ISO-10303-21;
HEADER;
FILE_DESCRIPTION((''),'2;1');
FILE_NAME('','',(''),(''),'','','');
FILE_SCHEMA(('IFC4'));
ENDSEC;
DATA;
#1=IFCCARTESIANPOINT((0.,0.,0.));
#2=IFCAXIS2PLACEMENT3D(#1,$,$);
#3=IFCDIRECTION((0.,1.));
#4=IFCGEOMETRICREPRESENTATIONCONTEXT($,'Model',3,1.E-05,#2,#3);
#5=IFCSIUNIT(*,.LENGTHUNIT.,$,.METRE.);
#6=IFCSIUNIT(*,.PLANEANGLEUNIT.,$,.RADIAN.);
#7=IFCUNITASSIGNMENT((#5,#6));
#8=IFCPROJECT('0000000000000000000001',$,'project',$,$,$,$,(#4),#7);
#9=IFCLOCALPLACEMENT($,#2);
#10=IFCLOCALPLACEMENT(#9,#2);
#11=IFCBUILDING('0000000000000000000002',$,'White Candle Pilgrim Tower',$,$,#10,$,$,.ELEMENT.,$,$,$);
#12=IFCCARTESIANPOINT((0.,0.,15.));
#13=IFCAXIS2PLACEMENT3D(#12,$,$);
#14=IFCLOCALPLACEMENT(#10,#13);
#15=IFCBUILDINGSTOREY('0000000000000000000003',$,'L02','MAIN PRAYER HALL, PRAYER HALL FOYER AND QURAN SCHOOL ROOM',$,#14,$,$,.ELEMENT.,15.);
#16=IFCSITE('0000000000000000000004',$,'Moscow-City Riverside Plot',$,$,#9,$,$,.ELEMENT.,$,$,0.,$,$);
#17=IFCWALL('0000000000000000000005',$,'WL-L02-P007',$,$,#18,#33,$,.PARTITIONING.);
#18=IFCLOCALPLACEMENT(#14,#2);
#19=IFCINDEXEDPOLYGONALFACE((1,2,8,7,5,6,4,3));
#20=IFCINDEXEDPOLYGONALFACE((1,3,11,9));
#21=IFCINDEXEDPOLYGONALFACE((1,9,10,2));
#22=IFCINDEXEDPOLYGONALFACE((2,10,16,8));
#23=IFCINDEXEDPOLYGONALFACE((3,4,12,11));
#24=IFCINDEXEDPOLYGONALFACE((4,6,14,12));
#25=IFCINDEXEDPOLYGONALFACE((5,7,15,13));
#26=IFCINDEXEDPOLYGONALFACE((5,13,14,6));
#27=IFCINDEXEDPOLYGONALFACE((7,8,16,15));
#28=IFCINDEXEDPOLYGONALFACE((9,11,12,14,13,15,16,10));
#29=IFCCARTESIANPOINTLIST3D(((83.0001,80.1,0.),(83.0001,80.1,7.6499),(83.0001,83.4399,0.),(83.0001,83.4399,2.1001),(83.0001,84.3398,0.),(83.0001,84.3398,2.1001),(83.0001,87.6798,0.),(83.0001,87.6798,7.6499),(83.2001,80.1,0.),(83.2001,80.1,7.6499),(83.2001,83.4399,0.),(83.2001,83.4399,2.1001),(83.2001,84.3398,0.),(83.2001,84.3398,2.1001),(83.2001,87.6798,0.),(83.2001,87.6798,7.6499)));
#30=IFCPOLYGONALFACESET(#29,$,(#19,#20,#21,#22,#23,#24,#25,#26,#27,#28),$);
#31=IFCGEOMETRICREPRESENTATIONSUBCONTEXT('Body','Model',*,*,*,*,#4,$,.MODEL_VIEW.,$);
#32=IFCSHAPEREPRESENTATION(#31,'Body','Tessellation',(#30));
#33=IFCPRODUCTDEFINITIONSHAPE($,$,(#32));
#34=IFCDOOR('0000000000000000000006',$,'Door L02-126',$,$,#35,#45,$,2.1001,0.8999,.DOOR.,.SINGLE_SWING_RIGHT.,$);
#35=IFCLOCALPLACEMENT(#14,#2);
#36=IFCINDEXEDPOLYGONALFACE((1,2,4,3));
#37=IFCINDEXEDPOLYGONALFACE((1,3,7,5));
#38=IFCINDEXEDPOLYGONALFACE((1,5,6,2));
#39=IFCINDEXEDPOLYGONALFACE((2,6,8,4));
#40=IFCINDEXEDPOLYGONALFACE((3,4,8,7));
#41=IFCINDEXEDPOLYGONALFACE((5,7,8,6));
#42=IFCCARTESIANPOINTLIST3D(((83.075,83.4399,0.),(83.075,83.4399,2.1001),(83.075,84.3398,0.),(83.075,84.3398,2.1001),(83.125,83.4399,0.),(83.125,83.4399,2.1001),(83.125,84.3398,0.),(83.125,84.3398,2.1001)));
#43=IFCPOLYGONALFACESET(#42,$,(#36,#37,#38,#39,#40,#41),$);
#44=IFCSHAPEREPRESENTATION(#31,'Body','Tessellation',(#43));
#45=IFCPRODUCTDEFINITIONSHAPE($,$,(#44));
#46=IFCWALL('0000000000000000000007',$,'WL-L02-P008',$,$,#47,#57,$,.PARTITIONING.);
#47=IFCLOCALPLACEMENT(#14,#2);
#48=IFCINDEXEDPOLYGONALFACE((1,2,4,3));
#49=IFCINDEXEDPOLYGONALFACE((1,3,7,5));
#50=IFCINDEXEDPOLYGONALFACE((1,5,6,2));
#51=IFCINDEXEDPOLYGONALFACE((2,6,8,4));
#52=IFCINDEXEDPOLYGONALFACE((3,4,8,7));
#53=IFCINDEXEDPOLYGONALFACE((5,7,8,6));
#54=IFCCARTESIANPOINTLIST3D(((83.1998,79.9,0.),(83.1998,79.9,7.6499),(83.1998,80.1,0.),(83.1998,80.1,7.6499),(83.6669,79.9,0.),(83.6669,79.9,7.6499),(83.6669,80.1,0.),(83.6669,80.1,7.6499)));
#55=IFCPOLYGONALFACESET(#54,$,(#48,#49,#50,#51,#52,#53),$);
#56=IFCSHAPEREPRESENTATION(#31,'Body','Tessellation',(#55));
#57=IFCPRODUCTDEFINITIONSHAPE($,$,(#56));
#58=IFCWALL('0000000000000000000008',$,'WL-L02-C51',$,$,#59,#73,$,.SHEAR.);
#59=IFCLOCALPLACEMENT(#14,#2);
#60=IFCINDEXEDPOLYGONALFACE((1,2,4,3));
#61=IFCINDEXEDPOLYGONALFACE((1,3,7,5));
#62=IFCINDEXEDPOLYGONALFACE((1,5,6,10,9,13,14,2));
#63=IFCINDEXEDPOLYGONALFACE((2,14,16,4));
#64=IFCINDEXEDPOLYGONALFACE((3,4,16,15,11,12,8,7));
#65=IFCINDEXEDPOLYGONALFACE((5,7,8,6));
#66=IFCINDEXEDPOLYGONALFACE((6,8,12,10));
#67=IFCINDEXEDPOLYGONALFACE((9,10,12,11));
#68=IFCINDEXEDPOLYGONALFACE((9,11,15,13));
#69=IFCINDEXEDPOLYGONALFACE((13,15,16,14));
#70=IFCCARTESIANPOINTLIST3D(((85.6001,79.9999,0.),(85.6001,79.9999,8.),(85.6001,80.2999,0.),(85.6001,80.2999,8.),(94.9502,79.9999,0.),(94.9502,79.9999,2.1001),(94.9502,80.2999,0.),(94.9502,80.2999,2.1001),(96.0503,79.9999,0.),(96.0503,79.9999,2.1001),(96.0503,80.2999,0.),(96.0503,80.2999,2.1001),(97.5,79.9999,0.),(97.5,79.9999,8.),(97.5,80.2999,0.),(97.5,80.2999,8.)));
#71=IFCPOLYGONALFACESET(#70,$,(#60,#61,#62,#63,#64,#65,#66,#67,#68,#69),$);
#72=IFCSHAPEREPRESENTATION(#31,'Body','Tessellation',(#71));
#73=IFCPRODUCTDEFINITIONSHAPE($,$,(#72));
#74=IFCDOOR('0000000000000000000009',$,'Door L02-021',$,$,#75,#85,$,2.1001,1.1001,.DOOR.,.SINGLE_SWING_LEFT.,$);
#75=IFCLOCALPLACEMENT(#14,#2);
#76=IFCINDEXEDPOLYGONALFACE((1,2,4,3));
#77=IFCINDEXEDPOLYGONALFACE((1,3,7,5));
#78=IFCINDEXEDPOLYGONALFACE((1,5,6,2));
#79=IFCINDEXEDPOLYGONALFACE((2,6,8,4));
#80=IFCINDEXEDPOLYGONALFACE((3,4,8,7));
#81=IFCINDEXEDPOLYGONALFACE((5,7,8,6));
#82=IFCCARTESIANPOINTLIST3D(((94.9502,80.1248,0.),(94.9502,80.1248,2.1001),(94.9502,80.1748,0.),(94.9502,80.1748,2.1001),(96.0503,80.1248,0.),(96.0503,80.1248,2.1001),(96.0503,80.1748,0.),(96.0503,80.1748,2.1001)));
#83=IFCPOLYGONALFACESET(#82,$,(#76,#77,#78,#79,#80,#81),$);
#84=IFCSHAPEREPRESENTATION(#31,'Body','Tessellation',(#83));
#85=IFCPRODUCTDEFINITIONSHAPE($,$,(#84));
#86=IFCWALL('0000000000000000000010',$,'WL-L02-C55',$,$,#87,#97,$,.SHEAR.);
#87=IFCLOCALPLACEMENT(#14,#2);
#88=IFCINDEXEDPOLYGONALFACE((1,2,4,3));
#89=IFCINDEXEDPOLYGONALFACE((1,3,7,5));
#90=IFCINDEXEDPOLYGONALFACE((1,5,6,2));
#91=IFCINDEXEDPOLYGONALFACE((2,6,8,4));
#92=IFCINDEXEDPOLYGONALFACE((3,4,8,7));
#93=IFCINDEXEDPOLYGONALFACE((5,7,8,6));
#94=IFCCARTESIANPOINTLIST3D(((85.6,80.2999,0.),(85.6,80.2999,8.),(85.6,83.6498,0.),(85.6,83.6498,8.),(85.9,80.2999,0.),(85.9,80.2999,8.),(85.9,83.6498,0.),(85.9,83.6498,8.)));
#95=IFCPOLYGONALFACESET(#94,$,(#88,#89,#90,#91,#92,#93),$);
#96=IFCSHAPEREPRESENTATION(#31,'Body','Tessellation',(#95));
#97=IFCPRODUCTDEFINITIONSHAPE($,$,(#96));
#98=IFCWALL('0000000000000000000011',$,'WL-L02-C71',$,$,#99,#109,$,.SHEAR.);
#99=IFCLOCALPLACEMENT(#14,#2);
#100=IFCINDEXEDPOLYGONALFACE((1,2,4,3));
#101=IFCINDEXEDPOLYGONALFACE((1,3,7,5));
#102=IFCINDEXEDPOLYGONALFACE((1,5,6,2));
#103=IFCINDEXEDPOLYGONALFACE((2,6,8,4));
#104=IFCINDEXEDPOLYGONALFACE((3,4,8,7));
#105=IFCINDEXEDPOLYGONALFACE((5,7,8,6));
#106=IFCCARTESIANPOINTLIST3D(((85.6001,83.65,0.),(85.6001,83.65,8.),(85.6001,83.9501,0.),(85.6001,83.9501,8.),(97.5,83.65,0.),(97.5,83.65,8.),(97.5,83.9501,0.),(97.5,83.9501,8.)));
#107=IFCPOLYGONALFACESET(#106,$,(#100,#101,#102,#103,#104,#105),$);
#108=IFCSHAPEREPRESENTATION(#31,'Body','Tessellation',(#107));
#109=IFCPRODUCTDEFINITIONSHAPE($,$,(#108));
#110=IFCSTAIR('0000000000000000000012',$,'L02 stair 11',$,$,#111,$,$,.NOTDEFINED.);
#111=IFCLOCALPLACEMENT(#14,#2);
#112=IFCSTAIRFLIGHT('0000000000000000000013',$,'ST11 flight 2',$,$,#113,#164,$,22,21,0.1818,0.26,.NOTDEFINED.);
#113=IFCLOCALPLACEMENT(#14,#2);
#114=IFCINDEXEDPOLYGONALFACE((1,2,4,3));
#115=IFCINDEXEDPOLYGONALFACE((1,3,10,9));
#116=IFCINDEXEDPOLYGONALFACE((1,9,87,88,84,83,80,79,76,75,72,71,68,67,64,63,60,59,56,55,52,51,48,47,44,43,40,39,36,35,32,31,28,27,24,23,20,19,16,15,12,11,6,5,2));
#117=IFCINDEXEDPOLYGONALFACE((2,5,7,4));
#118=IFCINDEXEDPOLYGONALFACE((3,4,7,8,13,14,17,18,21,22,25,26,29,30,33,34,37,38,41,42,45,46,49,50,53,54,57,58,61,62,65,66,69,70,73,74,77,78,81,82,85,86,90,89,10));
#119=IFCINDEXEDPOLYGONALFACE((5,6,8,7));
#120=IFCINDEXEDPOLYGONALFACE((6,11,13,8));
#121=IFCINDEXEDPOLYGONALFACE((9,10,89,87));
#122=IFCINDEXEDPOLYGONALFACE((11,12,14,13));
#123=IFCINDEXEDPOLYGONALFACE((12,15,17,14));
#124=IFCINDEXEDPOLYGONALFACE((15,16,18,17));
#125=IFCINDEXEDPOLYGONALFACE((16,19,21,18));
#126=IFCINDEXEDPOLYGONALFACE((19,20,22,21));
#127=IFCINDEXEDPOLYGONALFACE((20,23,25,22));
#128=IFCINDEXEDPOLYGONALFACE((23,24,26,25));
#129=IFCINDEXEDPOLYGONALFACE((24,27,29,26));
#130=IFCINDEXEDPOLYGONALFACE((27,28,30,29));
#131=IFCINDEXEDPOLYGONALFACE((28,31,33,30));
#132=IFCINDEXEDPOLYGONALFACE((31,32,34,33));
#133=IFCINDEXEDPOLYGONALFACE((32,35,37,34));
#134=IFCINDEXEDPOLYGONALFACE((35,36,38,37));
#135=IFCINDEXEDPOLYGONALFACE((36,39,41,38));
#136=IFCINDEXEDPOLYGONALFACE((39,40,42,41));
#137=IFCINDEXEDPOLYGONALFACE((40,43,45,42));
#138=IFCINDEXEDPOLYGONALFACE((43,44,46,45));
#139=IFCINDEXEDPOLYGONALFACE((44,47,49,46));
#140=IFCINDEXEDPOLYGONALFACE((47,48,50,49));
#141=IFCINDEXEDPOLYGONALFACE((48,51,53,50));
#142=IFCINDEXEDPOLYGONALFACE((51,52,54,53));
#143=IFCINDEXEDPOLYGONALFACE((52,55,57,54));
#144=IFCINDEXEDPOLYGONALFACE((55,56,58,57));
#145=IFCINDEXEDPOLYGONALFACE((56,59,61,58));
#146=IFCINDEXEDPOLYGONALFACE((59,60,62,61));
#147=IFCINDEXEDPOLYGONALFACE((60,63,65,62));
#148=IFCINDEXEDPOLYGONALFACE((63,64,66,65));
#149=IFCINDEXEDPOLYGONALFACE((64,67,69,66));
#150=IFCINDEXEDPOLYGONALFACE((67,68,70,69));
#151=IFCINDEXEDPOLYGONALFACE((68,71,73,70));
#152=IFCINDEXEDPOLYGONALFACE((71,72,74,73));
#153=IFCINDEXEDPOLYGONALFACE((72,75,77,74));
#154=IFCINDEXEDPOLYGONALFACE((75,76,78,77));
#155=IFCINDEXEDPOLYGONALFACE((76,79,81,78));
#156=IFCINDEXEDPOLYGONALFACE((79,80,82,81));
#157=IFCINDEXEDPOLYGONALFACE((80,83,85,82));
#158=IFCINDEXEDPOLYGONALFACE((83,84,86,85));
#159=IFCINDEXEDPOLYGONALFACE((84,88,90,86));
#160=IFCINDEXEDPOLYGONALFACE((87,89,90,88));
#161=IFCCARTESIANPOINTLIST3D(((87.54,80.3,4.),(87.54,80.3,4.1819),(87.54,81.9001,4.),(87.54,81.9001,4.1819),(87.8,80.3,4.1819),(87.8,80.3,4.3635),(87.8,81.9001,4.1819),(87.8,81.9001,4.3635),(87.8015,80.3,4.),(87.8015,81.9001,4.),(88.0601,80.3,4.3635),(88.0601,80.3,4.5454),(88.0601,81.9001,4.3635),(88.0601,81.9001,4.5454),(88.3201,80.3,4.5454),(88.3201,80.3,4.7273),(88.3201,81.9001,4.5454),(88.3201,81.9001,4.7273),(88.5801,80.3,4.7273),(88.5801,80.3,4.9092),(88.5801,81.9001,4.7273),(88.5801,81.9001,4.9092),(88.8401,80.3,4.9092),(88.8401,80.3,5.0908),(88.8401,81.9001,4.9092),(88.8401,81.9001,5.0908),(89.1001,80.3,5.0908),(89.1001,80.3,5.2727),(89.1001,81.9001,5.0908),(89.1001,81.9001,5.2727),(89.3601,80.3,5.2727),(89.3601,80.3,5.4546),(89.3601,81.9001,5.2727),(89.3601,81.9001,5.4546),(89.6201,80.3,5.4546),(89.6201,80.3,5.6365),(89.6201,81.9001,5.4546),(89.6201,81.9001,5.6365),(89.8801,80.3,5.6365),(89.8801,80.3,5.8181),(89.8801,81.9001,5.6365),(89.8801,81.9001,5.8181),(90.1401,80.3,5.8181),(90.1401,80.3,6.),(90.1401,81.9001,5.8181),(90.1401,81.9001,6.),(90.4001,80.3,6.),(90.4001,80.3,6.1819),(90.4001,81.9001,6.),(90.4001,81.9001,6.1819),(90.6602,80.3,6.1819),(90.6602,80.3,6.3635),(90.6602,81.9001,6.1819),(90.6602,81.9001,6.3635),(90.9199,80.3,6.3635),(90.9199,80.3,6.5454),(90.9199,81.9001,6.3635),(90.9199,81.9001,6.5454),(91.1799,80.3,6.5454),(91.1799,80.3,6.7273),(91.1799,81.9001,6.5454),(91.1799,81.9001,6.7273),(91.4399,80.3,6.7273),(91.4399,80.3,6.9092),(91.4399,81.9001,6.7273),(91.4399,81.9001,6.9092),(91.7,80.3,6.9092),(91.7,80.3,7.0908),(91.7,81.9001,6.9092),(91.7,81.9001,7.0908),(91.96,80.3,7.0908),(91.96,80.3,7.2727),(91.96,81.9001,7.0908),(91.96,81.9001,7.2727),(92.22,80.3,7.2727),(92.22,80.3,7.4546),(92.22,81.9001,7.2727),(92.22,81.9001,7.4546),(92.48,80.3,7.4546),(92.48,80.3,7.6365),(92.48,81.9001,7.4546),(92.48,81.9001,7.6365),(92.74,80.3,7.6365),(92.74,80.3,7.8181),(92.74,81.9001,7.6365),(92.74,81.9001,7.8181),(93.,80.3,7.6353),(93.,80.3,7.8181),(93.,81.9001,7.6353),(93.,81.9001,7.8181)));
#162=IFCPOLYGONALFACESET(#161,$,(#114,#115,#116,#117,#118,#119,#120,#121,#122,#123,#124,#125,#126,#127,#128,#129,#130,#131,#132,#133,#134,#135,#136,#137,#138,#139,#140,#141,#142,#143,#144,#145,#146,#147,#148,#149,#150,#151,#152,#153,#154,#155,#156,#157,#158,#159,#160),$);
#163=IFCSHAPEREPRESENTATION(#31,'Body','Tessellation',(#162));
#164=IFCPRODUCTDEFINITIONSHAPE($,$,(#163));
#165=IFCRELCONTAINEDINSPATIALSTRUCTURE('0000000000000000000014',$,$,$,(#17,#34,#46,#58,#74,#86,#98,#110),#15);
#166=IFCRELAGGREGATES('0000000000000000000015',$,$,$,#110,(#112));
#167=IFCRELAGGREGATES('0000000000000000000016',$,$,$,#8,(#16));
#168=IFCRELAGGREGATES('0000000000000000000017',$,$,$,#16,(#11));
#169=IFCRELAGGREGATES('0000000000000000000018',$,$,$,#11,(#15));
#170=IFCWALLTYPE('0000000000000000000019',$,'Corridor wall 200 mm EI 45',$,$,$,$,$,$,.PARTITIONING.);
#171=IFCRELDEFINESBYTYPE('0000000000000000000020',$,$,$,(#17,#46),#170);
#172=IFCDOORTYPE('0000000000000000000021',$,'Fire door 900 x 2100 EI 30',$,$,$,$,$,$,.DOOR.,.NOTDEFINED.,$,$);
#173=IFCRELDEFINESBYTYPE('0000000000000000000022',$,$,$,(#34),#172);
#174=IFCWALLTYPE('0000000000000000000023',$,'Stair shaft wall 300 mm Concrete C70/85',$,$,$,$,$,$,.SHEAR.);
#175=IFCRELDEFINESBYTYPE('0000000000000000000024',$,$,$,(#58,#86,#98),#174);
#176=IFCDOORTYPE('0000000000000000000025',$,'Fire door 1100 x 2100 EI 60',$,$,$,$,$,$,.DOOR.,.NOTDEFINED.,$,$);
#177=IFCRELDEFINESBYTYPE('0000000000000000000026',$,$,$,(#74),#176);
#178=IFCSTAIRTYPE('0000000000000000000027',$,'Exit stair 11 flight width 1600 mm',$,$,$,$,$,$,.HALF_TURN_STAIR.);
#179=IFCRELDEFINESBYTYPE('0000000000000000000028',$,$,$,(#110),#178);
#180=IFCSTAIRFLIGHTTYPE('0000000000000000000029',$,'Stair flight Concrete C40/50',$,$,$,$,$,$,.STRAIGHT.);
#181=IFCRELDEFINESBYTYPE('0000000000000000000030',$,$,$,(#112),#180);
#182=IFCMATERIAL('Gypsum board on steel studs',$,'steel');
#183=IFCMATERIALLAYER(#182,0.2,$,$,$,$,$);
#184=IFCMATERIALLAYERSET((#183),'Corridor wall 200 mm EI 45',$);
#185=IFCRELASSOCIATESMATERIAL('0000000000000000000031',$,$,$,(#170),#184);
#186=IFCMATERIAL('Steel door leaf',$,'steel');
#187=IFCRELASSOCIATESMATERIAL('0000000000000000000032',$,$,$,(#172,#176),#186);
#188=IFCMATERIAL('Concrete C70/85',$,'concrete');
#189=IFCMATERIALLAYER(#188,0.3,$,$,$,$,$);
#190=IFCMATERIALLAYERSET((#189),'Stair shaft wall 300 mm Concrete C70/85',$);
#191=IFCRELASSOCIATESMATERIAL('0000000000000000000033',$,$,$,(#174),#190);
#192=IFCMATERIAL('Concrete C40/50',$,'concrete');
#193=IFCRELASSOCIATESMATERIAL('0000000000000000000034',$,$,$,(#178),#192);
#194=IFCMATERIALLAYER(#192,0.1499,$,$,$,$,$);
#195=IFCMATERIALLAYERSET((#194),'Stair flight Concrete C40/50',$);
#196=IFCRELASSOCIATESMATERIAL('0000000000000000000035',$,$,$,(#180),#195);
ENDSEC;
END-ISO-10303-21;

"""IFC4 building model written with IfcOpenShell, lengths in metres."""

from ifc_helpers import new_model, si_unit, direction, frame, frame_2d, origin, place, context, subcontext, project, spatial, polyline, rectangle, outline, extrude, material, layer, layer_set, type_object, element, fill, aggregate, save


model = new_model("IFC4")

# Units and contexts
model_context = context("Model", 3, precision=1e-05, world=origin(), true_north=direction((0.0, 1.0)))
body_context = subcontext(model_context, "Body", "Model", "MODEL_VIEW")
ifc_project = project(units=[si_unit("LENGTHUNIT", "METRE"), si_unit("PLANEANGLEUNIT", "RADIAN")], contexts=[model_context])

# Site, building, storey
site_placement = place(None, origin())
site = spatial("IfcSite", under=ifc_project, at=site_placement, Name="Moscow-City Riverside Plot", CompositionType="ELEMENT", RefElevation=0.0)
building_placement = place(site_placement, origin())
building = spatial("IfcBuilding", under=site, at=building_placement, Name="White Candle Pilgrim Tower", CompositionType="ELEMENT")
storey_placement = place(building_placement, frame((0.0, 0.0, 15.0)))
storey = spatial("IfcBuildingStorey", under=building, at=storey_placement, Name="L02", Description="MAIN PRAYER HALL, PRAYER HALL FOYER AND QURAN SCHOOL ROOM", CompositionType="ELEMENT", Elevation=15.0)

# Shared definitions
ifc_material_1 = material(Name="Steel door leaf", Category="steel")

# Shared definitions
ifc_material_2 = material(Name="Concrete C70/85", Category="concrete")

# Wall, opening, door
ifc_material_3 = material(Name="Gypsum board on steel studs", Category="steel")
ifc_layer_1 = layer(ifc_material_3, 0.2)
ifc_layer_set_1 = layer_set([ifc_layer_1], Name="Corridor wall 200 mm EI 45")
wall_type_1 = type_object("IfcWallType", Name="Corridor wall 200 mm EI 45", PredefinedType="PARTITIONING", material=ifc_layer_set_1)
wall_1_placement = place(storey_placement, frame((83.1001, 87.6799, 0.0), z_axis=(0.0, 0.0, 1.0), x_axis=(0.0, -1.0, 0.0)))
wall_1 = element("IfcWall", 1, at=wall_1_placement, inside=storey, type_object=wall_type_1, Name="WL-L02-P007", PredefinedType="PARTITIONING", context=body_context, shape_type="SweptSolid", body=[
    extrude(rectangle(XDim=7.5798, YDim=0.2, at=frame_2d((3.79, 0.0))), origin(), (0.0, 0.0, 1.0), 7.6499),
])
opening_1_placement = place(wall_1_placement, frame((3.3401, 0.0, 0.0)))
opening_1 = element("IfcOpeningElement", 2, at=opening_1_placement, cuts=wall_1, PredefinedType="OPENING", context=body_context, shape_type="SweptSolid", body=[
    extrude(rectangle(XDim=0.8999, YDim=2.1001, at=frame_2d((0.45, 1.05))), frame((0.0, 0.1099, 0.0), z_axis=(0.0, -1.0, 0.0), x_axis=(1.0, 0.0, 0.0)), (0.0, 0.0, 1.0), 0.22),
])
door_type_1 = type_object("IfcDoorType", Name="Fire door 900 x 2100 EI 30", OperationType="NOTDEFINED", PredefinedType="DOOR", material=ifc_material_1)
door_1_placement = place(opening_1_placement, origin())
door_1 = element("IfcDoor", 3, at=door_1_placement, inside=storey, type_object=door_type_1, Name="Door L02-126", OperationType="SINGLE_SWING_RIGHT", OverallHeight=2.1001, OverallWidth=0.8999, PredefinedType="DOOR", context=body_context, shape_type="SweptSolid", body=[
    extrude(rectangle(XDim=0.8999, YDim=2.1001, at=frame_2d((0.45, 1.05))), frame((0.0, 0.0249, 0.0), z_axis=(0.0, -1.0, 0.0), x_axis=(1.0, 0.0, 0.0)), (0.0, 0.0, 1.0), 0.05),
])
fill(opening_1, door_1)

# Wall
wall_2_placement = place(storey_placement, frame((83.2, 80.0, 0.0), z_axis=(0.0, 0.0, 1.0), x_axis=(1.0, 0.0, 0.0)))
element("IfcWall", 4, at=wall_2_placement, inside=storey, type_object=wall_type_1, Name="WL-L02-P008", PredefinedType="PARTITIONING", context=body_context, shape_type="SweptSolid", body=[
    extrude(rectangle(XDim=0.467, YDim=0.2, at=frame_2d((0.2334, 0.0))), origin(), (0.0, 0.0, 1.0), 7.6499),
])

# Wall, opening, door
ifc_layer_2 = layer(ifc_material_2, 0.3)
ifc_layer_set_2 = layer_set([ifc_layer_2], Name="Stair shaft wall 300 mm Concrete C70/85")
wall_type_2 = type_object("IfcWallType", Name="Stair shaft wall 300 mm Concrete C70/85", PredefinedType="SHEAR", material=ifc_layer_set_2)
wall_3_placement = place(storey_placement, frame((85.6001, 80.1499, 0.0), z_axis=(0.0, 0.0, 1.0), x_axis=(1.0, 0.0, 0.0)))
wall_3 = element("IfcWall", 5, at=wall_3_placement, inside=storey, type_object=wall_type_2, Name="WL-L02-C51", PredefinedType="SHEAR", context=body_context, shape_type="SweptSolid", body=[
    extrude(rectangle(XDim=11.8999, YDim=0.3, at=frame_2d((5.95, 0.0))), origin(), (0.0, 0.0, 1.0), 8.0),
])
opening_2_placement = place(wall_3_placement, frame((9.3501, 0.0, 0.0)))
opening_2 = element("IfcOpeningElement", 6, at=opening_2_placement, cuts=wall_3, PredefinedType="OPENING", context=body_context, shape_type="SweptSolid", body=[
    extrude(rectangle(XDim=1.1001, YDim=2.1001, at=frame_2d((0.55, 1.05))), frame((0.0, 0.1599, 0.0), z_axis=(0.0, -1.0, 0.0), x_axis=(1.0, 0.0, 0.0)), (0.0, 0.0, 1.0), 0.3201),
])
door_type_2 = type_object("IfcDoorType", Name="Fire door 1100 x 2100 EI 60", OperationType="NOTDEFINED", PredefinedType="DOOR", material=ifc_material_1)
door_2_placement = place(opening_2_placement, origin())
door_2 = element("IfcDoor", 7, at=door_2_placement, inside=storey, type_object=door_type_2, Name="Door L02-021", OperationType="SINGLE_SWING_LEFT", OverallHeight=2.1001, OverallWidth=1.1001, PredefinedType="DOOR", context=body_context, shape_type="SweptSolid", body=[
    extrude(rectangle(XDim=1.1001, YDim=2.1001, at=frame_2d((0.55, 1.05))), frame((0.0, 0.0249, 0.0), z_axis=(0.0, -1.0, 0.0), x_axis=(1.0, 0.0, 0.0)), (0.0, 0.0, 1.0), 0.05),
])
fill(opening_2, door_2)

# Walls
wall_4_placement = place(storey_placement, frame((85.75, 80.3, 0.0), z_axis=(0.0, 0.0, 1.0), x_axis=(0.0, 1.0, 0.0)))
element("IfcWall", 8, at=wall_4_placement, inside=storey, type_object=wall_type_2, Name="WL-L02-C55", PredefinedType="SHEAR", context=body_context, shape_type="SweptSolid", body=[
    extrude(rectangle(XDim=3.3499, YDim=0.3, at=frame_2d((1.6748, 0.0))), origin(), (0.0, 0.0, 1.0), 8.0),
])
wall_5_placement = place(storey_placement, frame((85.6001, 83.8, 0.0), z_axis=(0.0, 0.0, 1.0), x_axis=(1.0, 0.0, 0.0)))
element("IfcWall", 9, at=wall_5_placement, inside=storey, type_object=wall_type_2, Name="WL-L02-C71", PredefinedType="SHEAR", context=body_context, shape_type="SweptSolid", body=[
    extrude(rectangle(XDim=11.8999, YDim=0.3, at=frame_2d((5.95, 0.0))), origin(), (0.0, 0.0, 1.0), 8.0),
])

# Stair, stair flight
ifc_material_4 = material(Name="Concrete C40/50", Category="concrete")
stair_type = type_object("IfcStairType", Name="Exit stair 11 flight width 1600 mm", PredefinedType="HALF_TURN_STAIR", material=ifc_material_4)
stair_placement = place(storey_placement, origin())
stair = element("IfcStair", 10, at=stair_placement, inside=storey, type_object=stair_type, Name="L02 stair 11", PredefinedType="NOTDEFINED")
ifc_layer_3 = layer(ifc_material_4, 0.1499)
ifc_layer_set_3 = layer_set([ifc_layer_3], Name="Stair flight Concrete C40/50")
stair_flight_type = type_object("IfcStairFlightType", Name="Stair flight Concrete C40/50", PredefinedType="STRAIGHT", material=ifc_layer_set_3)
stair_flight_placement = place(storey_placement, frame((87.54, 81.1001, 4.0), z_axis=(0.0, 0.0, 1.0), x_axis=(1.0, 0.0, 0.0)))
stair_flight = element("IfcStairFlight", 11, at=stair_flight_placement, type_object=stair_flight_type, Name="ST11 flight 2", NumberOfRisers=22, NumberOfTreads=21, PredefinedType="NOTDEFINED", RiserHeight=0.1818, TreadLength=0.26, context=body_context, shape_type="SweptSolid", body=[
    extrude(outline(polyline([(0.0, 0.0), (0.0, 0.1819), (0.26, 0.1819), (0.26, 0.3635), (0.52, 0.3635), (0.52, 0.5454), (0.78, 0.5454), (0.78, 0.7273), (1.04, 0.7273), (1.04, 0.9092), (1.3, 0.9092), (1.3, 1.0908), (1.5601, 1.0908), (1.5601, 1.2727), (1.8201, 1.2727), (1.8201, 1.4546), (2.0801, 1.4546), (2.0801, 1.6365), (2.3401, 1.6365), (2.3401, 1.8181), (2.6001, 1.8181), (2.6001, 2.0), (2.8601, 2.0), (2.8601, 2.1819), (3.1201, 2.1819), (3.1201, 2.3635), (3.3799, 2.3635), (3.3799, 2.5454), (3.6399, 2.5454), (3.6399, 2.7273), (3.8999, 2.7273), (3.8999, 2.9092), (4.1599, 2.9092), (4.1599, 3.0908), (4.4199, 3.0908), (4.4199, 3.2727), (4.6799, 3.2727), (4.6799, 3.4546), (4.9399, 3.4546), (4.9399, 3.6365), (5.2, 3.6365), (5.2, 3.8181), (5.46, 3.8181), (5.46, 4.0), (5.46, 3.6353), (0.2615, 0.0), (0.0, 0.0)])), frame((0.0, 0.8, 0.0), z_axis=(0.0, -1.0, 0.0), x_axis=(1.0, 0.0, 0.0)), (0.0, 0.0, 1.0), 1.6001),
])
aggregate(stair, [stair_flight])

save(model, "model.ifc")
